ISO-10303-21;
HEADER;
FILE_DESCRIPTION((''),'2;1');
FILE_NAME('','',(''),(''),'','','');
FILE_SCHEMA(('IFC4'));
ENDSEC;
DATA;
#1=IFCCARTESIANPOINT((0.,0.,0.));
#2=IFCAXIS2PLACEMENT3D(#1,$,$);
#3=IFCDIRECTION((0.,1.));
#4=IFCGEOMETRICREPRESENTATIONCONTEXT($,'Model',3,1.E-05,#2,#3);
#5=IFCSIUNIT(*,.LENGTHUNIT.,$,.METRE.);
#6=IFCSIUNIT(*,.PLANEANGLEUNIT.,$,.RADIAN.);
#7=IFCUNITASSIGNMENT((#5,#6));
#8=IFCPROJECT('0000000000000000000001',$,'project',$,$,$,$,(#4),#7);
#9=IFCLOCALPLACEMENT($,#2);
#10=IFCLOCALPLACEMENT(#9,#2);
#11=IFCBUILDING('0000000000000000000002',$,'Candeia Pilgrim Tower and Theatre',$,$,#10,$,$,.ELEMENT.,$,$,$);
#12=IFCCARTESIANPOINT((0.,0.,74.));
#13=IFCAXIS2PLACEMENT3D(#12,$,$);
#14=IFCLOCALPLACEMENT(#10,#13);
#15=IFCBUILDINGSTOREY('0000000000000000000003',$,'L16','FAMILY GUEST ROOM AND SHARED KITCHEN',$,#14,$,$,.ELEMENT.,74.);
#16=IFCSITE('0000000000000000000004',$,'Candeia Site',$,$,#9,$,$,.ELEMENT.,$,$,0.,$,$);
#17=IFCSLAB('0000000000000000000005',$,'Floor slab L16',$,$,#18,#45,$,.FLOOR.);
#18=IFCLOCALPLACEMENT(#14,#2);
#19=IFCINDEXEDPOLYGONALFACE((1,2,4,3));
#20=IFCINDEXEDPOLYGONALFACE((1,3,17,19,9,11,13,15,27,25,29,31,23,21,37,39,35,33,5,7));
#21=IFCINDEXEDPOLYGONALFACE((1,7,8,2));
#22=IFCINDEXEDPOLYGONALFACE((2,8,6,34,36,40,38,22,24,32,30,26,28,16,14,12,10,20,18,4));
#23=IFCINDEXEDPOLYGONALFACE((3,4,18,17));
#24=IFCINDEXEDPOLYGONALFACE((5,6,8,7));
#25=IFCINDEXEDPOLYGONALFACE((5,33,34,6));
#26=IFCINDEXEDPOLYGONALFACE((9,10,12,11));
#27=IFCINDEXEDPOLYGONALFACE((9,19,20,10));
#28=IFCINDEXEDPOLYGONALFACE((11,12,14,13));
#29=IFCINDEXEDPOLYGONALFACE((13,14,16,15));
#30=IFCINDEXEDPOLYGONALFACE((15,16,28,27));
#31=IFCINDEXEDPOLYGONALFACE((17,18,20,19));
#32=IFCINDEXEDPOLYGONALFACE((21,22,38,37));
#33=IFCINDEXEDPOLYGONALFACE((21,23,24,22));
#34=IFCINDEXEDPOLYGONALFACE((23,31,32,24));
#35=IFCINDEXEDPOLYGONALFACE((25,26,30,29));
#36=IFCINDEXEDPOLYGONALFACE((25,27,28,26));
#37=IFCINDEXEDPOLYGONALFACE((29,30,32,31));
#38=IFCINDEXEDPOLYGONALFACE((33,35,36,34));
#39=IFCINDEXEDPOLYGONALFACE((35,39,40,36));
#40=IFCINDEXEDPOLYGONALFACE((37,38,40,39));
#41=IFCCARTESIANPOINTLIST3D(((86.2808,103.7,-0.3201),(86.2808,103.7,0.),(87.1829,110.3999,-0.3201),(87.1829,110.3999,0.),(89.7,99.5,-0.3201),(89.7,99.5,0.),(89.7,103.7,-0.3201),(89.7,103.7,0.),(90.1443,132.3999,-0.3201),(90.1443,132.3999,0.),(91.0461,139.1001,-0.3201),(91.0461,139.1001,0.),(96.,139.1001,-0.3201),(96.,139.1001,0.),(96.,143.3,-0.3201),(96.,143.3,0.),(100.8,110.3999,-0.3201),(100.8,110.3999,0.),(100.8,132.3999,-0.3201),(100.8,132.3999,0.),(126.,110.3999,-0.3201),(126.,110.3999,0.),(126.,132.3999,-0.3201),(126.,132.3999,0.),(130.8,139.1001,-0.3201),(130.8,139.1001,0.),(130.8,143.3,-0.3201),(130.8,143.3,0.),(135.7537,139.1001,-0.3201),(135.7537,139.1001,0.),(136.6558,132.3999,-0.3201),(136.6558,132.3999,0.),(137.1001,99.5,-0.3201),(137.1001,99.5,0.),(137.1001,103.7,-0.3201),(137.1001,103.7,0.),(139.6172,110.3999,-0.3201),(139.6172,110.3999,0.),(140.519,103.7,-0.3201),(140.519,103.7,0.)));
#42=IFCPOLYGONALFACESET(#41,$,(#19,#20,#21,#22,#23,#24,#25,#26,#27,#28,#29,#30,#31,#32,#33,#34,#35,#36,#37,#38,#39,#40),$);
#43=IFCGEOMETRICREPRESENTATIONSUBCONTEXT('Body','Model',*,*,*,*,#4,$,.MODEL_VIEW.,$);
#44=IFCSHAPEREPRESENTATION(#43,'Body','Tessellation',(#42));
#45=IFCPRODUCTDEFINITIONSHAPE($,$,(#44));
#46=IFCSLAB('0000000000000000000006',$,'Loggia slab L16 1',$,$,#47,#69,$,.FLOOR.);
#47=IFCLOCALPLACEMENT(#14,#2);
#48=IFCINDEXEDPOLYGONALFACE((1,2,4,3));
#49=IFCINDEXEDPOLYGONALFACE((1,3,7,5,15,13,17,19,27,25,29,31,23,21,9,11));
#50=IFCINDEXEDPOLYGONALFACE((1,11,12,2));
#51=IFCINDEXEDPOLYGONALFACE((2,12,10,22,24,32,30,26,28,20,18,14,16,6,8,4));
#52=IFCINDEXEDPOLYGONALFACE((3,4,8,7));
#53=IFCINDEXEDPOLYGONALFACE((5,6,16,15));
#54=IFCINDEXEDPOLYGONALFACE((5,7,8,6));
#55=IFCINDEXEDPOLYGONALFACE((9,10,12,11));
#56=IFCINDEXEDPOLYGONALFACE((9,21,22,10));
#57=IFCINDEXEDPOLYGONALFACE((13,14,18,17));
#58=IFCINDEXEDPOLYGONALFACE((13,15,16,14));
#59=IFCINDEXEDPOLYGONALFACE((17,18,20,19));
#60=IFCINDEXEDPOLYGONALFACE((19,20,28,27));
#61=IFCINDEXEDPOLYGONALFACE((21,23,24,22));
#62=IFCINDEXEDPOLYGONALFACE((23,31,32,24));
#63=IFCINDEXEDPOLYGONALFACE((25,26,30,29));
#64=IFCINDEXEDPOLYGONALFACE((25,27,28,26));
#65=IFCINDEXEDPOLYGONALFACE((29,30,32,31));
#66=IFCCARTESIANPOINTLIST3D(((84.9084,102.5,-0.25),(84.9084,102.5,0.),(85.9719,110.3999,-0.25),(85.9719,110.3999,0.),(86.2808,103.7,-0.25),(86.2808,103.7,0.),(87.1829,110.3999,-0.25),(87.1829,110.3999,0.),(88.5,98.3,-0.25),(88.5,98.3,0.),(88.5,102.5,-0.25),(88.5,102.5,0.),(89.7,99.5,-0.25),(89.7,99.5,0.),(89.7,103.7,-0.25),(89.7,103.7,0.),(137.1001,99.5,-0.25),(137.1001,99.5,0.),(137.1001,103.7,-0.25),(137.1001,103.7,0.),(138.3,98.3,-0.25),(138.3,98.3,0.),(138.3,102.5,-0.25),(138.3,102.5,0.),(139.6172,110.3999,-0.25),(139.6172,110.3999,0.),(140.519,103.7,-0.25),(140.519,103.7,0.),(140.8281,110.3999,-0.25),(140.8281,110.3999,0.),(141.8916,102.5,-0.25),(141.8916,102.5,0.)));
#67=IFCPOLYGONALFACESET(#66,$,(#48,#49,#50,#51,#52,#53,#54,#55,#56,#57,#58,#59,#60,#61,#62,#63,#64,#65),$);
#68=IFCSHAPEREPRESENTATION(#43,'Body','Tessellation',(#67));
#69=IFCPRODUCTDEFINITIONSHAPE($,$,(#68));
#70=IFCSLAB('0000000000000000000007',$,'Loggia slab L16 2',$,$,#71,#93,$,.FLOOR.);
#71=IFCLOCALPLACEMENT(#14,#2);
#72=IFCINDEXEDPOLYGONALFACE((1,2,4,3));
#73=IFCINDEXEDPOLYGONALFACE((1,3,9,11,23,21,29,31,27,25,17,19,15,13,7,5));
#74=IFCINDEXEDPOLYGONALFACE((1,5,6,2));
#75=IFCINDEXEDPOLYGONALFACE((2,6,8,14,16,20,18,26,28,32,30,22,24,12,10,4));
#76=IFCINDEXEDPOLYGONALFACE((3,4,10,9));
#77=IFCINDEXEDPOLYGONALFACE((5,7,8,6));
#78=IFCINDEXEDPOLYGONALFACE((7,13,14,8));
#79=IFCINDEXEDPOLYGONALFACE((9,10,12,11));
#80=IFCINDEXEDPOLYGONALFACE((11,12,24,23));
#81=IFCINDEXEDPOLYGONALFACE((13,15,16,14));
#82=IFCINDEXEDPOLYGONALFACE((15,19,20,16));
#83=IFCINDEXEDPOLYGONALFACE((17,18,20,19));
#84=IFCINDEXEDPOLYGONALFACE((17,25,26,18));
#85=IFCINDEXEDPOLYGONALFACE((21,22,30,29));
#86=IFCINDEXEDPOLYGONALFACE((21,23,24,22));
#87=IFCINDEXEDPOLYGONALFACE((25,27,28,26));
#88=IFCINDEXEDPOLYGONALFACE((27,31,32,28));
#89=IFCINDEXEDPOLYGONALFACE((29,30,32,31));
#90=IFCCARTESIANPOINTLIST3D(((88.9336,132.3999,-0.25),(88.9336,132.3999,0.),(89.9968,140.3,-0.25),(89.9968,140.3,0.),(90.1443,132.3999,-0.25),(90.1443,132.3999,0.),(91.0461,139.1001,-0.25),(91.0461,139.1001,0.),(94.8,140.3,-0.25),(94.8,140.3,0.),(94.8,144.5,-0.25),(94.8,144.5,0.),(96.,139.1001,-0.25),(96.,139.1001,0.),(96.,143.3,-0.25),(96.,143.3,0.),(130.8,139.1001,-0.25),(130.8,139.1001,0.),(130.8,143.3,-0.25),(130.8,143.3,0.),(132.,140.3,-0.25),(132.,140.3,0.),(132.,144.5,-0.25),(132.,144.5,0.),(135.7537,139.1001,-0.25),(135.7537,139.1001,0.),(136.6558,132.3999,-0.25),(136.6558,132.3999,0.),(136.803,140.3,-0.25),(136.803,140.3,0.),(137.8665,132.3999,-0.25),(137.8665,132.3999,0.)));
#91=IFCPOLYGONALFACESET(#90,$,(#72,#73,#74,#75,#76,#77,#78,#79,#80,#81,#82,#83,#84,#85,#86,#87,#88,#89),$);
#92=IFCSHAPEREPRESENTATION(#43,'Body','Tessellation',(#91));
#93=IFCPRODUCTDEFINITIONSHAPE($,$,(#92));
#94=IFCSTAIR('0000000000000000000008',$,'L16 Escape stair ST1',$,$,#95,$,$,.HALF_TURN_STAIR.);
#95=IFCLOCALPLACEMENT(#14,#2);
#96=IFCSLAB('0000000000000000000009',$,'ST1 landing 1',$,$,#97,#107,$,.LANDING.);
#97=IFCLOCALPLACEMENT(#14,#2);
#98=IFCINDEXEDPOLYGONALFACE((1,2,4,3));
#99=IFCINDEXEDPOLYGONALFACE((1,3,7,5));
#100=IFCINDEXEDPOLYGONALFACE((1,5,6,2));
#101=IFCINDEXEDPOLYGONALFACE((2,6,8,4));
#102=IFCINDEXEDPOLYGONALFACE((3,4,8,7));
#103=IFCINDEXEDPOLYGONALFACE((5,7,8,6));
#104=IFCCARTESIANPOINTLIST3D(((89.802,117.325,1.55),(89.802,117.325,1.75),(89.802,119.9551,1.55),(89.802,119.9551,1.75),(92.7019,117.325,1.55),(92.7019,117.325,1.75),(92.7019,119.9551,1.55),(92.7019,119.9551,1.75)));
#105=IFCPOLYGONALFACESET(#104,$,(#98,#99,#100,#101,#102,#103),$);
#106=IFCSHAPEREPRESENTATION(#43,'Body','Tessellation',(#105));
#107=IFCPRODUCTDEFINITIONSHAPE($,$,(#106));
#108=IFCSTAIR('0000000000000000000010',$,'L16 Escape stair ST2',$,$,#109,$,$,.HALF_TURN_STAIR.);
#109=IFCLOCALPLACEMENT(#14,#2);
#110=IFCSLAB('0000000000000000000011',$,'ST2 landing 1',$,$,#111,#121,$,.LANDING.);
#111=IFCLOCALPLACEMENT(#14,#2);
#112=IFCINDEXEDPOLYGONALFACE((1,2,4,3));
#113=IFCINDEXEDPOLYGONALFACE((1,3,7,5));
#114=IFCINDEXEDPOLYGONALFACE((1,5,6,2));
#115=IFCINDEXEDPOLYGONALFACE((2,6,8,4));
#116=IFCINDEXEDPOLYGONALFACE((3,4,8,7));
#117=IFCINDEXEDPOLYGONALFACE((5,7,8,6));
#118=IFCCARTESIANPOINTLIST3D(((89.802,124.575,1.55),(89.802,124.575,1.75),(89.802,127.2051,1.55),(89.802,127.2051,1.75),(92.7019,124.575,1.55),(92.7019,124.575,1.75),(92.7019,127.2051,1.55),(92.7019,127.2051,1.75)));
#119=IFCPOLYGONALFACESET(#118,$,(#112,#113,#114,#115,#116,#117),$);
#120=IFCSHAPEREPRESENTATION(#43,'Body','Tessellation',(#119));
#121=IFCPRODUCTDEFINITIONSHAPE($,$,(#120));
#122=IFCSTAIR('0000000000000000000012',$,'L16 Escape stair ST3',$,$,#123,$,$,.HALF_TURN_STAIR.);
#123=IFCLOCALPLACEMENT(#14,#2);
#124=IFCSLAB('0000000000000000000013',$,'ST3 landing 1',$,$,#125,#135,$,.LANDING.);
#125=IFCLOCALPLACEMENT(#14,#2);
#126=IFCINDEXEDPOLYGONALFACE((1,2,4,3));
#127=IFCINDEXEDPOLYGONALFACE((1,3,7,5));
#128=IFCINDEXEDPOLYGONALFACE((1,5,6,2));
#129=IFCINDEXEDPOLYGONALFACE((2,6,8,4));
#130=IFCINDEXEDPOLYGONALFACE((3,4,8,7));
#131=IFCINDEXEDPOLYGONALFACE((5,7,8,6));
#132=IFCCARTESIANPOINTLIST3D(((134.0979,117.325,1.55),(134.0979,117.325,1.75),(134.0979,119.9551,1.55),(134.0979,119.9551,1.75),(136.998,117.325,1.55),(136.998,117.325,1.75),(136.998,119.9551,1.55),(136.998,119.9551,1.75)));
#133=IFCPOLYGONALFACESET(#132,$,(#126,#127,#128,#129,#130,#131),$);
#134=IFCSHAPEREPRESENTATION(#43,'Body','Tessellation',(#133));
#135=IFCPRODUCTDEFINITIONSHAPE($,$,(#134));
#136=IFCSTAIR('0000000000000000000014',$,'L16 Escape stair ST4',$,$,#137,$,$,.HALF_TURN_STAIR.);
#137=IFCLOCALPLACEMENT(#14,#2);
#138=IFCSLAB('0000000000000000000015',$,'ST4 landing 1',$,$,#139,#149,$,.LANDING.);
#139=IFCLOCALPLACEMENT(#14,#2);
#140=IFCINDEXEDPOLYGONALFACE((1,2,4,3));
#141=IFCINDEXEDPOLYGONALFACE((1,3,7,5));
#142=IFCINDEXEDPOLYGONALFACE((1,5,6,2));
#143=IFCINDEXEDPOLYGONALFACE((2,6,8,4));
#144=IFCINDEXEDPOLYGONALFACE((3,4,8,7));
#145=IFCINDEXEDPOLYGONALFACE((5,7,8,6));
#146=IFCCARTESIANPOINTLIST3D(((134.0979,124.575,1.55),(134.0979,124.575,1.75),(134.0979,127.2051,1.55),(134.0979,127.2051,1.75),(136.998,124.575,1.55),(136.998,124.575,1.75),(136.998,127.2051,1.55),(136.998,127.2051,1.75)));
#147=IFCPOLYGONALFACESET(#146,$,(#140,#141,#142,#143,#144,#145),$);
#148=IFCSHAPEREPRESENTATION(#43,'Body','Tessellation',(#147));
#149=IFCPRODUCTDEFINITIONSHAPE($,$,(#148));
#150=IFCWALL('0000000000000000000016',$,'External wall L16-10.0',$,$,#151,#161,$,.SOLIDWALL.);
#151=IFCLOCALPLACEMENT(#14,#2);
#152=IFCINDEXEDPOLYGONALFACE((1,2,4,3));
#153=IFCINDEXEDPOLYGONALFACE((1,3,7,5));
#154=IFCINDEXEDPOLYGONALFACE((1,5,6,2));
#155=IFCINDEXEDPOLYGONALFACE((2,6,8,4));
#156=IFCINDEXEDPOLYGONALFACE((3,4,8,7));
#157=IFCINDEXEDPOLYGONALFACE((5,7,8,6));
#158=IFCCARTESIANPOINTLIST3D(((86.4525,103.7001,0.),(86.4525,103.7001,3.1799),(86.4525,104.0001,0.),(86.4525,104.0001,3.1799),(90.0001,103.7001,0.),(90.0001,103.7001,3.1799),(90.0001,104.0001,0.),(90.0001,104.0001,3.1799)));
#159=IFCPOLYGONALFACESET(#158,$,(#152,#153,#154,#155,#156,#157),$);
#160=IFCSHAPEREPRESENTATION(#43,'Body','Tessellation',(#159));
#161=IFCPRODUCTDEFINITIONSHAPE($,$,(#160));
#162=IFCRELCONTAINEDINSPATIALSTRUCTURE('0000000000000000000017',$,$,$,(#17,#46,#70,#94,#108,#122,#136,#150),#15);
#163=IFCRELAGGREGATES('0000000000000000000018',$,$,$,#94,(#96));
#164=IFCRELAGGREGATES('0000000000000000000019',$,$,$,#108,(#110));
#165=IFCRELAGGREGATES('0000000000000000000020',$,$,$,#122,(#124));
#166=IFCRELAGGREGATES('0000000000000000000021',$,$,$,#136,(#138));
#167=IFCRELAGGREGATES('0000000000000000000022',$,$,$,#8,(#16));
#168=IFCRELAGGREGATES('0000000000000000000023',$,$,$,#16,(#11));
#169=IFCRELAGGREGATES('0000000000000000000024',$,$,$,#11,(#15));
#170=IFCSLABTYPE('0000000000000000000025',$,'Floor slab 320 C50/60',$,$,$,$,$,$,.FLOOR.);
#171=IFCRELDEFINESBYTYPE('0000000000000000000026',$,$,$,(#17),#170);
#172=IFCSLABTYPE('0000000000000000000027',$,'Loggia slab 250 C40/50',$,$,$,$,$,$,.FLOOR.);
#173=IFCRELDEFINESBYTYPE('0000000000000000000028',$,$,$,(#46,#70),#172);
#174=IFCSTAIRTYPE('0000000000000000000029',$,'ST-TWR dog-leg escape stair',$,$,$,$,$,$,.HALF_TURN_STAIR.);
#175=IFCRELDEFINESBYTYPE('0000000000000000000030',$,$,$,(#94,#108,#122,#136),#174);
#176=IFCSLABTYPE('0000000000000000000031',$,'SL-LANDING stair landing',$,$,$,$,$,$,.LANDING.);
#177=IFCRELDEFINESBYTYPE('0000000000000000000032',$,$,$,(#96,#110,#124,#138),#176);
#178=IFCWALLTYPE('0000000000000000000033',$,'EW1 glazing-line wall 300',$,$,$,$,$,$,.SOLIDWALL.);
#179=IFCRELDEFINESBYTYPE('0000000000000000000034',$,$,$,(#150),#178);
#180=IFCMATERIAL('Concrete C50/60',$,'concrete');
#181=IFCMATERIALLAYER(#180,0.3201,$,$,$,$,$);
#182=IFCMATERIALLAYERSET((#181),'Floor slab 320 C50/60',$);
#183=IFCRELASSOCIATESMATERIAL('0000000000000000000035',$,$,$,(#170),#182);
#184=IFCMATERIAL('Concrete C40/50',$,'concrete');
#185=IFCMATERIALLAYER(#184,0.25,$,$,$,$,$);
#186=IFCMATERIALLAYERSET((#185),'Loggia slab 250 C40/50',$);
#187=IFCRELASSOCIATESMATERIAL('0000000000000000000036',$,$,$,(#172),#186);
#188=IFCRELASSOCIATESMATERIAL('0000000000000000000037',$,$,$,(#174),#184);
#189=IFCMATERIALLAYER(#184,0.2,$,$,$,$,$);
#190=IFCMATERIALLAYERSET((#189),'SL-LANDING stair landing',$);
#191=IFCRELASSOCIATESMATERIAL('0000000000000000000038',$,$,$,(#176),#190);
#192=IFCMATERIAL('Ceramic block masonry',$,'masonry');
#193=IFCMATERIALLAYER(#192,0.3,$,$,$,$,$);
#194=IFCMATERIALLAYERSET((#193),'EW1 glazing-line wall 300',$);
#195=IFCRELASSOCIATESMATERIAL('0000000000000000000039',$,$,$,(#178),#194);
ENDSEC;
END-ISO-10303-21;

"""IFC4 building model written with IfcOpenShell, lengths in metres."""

from ifc_helpers import new_model, si_unit, direction, frame, frame_2d, origin, place, context, subcontext, project, spatial, polyline, rectangle, outline, extrude, material, layer, layer_set, type_object, element, aggregate, save


model = new_model("IFC4")

# Units and contexts
model_context = context("Model", 3, precision=1e-05, world=origin(), true_north=direction((0.0, 1.0)))
body_context = subcontext(model_context, "Body", "Model", "MODEL_VIEW")
ifc_project = project(units=[si_unit("LENGTHUNIT", "METRE"), si_unit("PLANEANGLEUNIT", "RADIAN")], contexts=[model_context])

# Site, building, storey
site_placement = place(None, origin())
site = spatial("IfcSite", under=ifc_project, at=site_placement, Name="Candeia Site", CompositionType="ELEMENT", RefElevation=0.0)
building_placement = place(site_placement, origin())
building = spatial("IfcBuilding", under=site, at=building_placement, Name="Candeia Pilgrim Tower and Theatre", CompositionType="ELEMENT")
storey_placement = place(building_placement, frame((0.0, 0.0, 74.0)))
storey = spatial("IfcBuildingStorey", under=building, at=storey_placement, Name="L16", Description="FAMILY GUEST ROOM AND SHARED KITCHEN", CompositionType="ELEMENT", Elevation=74.0)

# Slabs
ifc_material_1 = material(Name="Concrete C40/50", Category="concrete")
ifc_material_2 = material(Name="Concrete C50/60", Category="concrete")
ifc_layer_1 = layer(ifc_material_2, 0.3201)
ifc_layer_set_1 = layer_set([ifc_layer_1], Name="Floor slab 320 C50/60")
slab_type_1 = type_object("IfcSlabType", Name="Floor slab 320 C50/60", PredefinedType="FLOOR", material=ifc_layer_set_1)
slab_1_placement = place(storey_placement, frame((0.0, 0.0, -0.3201)))
element("IfcSlab", 1, at=slab_1_placement, inside=storey, type_object=slab_type_1, Name="Floor slab L16", PredefinedType="FLOOR", context=body_context, shape_type="SweptSolid", body=[
    extrude(outline(polyline([(96.0, 139.1001), (96.0, 143.3), (130.8, 143.3), (130.8, 139.1001), (135.7537, 139.1001), (136.6558, 132.3999), (126.0, 132.3999), (126.0, 110.3999), (139.6172, 110.3999), (140.519, 103.7), (137.1001, 103.7), (137.1001, 99.5), (89.7, 99.5), (89.7, 103.7), (86.2808, 103.7), (87.1829, 110.3999), (100.8, 110.3999), (100.8, 132.3999), (90.1443, 132.3999), (91.0461, 139.1001), (96.0, 139.1001)])), origin(), (0.0, 0.0, 1.0), 0.3201),
])
ifc_layer_2 = layer(ifc_material_1, 0.25)
ifc_layer_set_2 = layer_set([ifc_layer_2], Name="Loggia slab 250 C40/50")
slab_type_2 = type_object("IfcSlabType", Name="Loggia slab 250 C40/50", PredefinedType="FLOOR", material=ifc_layer_set_2)
slab_2_placement = place(storey_placement, frame((0.0, 0.0, -0.25)))
element("IfcSlab", 2, at=slab_2_placement, inside=storey, type_object=slab_type_2, Name="Loggia slab L16 1", PredefinedType="FLOOR", context=body_context, shape_type="SweptSolid", body=[
    extrude(outline(polyline([(87.1829, 110.3999), (86.2808, 103.7), (89.7, 103.7), (89.7, 99.5), (137.1001, 99.5), (137.1001, 103.7), (140.519, 103.7), (139.6172, 110.3999), (140.8281, 110.3999), (141.8916, 102.5), (138.3, 102.5), (138.3, 98.3), (88.5, 98.3), (88.5, 102.5), (84.9084, 102.5), (85.9719, 110.3999), (87.1829, 110.3999)])), origin(), (0.0, 0.0, 1.0), 0.25),
])
slab_3_placement = place(storey_placement, frame((0.0, 0.0, -0.25)))
element("IfcSlab", 3, at=slab_3_placement, inside=storey, type_object=slab_type_2, Name="Loggia slab L16 2", PredefinedType="FLOOR", context=body_context, shape_type="SweptSolid", body=[
    extrude(outline(polyline([(136.6558, 132.3999), (135.7537, 139.1001), (130.8, 139.1001), (130.8, 143.3), (96.0, 143.3), (96.0, 139.1001), (91.0461, 139.1001), (90.1443, 132.3999), (88.9336, 132.3999), (89.9968, 140.3), (94.8, 140.3), (94.8, 144.5), (132.0, 144.5), (132.0, 140.3), (136.803, 140.3), (137.8665, 132.3999), (136.6558, 132.3999)])), origin(), (0.0, 0.0, 1.0), 0.25),
])

# Stairs, slabs
stair_type = type_object("IfcStairType", Name="ST-TWR dog-leg escape stair", PredefinedType="HALF_TURN_STAIR", material=ifc_material_1)
stair_1_placement = place(storey_placement, origin())
stair_1 = element("IfcStair", 4, at=stair_1_placement, inside=storey, type_object=stair_type, Name="L16 Escape stair ST1", PredefinedType="HALF_TURN_STAIR")
ifc_layer_3 = layer(ifc_material_1, 0.2)
ifc_layer_set_3 = layer_set([ifc_layer_3], Name="SL-LANDING stair landing")
slab_type_3 = type_object("IfcSlabType", Name="SL-LANDING stair landing", PredefinedType="LANDING", material=ifc_layer_set_3)
slab_4_placement = place(storey_placement, frame((0.0, 0.0, 1.55)))
slab_4 = element("IfcSlab", 5, at=slab_4_placement, type_object=slab_type_3, Name="ST1 landing 1", PredefinedType="LANDING", context=body_context, shape_type="SweptSolid", body=[
    extrude(outline(polyline([(89.802, 119.9551), (89.802, 117.325), (92.7019, 117.325), (92.7019, 119.9551), (89.802, 119.9551)])), origin(), (0.0, 0.0, 1.0), 0.2),
])
aggregate(stair_1, [slab_4])
stair_2_placement = place(storey_placement, origin())
stair_2 = element("IfcStair", 6, at=stair_2_placement, inside=storey, type_object=stair_type, Name="L16 Escape stair ST2", PredefinedType="HALF_TURN_STAIR")
slab_5_placement = place(storey_placement, frame((0.0, 0.0, 1.55)))
slab_5 = element("IfcSlab", 7, at=slab_5_placement, type_object=slab_type_3, Name="ST2 landing 1", PredefinedType="LANDING", context=body_context, shape_type="SweptSolid", body=[
    extrude(outline(polyline([(89.802, 127.2051), (89.802, 124.575), (92.7019, 124.575), (92.7019, 127.2051), (89.802, 127.2051)])), origin(), (0.0, 0.0, 1.0), 0.2),
])
aggregate(stair_2, [slab_5])
stair_3_placement = place(storey_placement, origin())
stair_3 = element("IfcStair", 8, at=stair_3_placement, inside=storey, type_object=stair_type, Name="L16 Escape stair ST3", PredefinedType="HALF_TURN_STAIR")
slab_6_placement = place(storey_placement, frame((0.0, 0.0, 1.55)))
slab_6 = element("IfcSlab", 9, at=slab_6_placement, type_object=slab_type_3, Name="ST3 landing 1", PredefinedType="LANDING", context=body_context, shape_type="SweptSolid", body=[
    extrude(outline(polyline([(134.0979, 119.9551), (134.0979, 117.325), (136.998, 117.325), (136.998, 119.9551), (134.0979, 119.9551)])), origin(), (0.0, 0.0, 1.0), 0.2),
])
aggregate(stair_3, [slab_6])
stair_4_placement = place(storey_placement, origin())
stair_4 = element("IfcStair", 10, at=stair_4_placement, inside=storey, type_object=stair_type, Name="L16 Escape stair ST4", PredefinedType="HALF_TURN_STAIR")
slab_7_placement = place(storey_placement, frame((0.0, 0.0, 1.55)))
slab_7 = element("IfcSlab", 11, at=slab_7_placement, type_object=slab_type_3, Name="ST4 landing 1", PredefinedType="LANDING", context=body_context, shape_type="SweptSolid", body=[
    extrude(outline(polyline([(134.0979, 127.2051), (134.0979, 124.575), (136.998, 124.575), (136.998, 127.2051), (134.0979, 127.2051)])), origin(), (0.0, 0.0, 1.0), 0.2),
])
aggregate(stair_4, [slab_7])

# Wall
ifc_material_3 = material(Name="Ceramic block masonry", Category="masonry")
ifc_layer_4 = layer(ifc_material_3, 0.3)
ifc_layer_set_4 = layer_set([ifc_layer_4], Name="EW1 glazing-line wall 300")
wall_type = type_object("IfcWallType", Name="EW1 glazing-line wall 300", PredefinedType="SOLIDWALL", material=ifc_layer_set_4)
wall_placement = place(storey_placement, frame((86.4524, 103.8501, 0.0), z_axis=(0.0, 0.0, 1.0), x_axis=(1.0, 0.0, 0.0)))
element("IfcWall", 12, at=wall_placement, inside=storey, type_object=wall_type, Name="External wall L16-10.0", PredefinedType="SOLIDWALL", context=body_context, shape_type="SweptSolid", body=[
    extrude(rectangle(XDim=3.5476, YDim=0.3, at=frame_2d((1.7739, 0.0))), origin(), (0.0, 0.0, 1.0), 3.1799),
])

save(model, "model.ifc")
